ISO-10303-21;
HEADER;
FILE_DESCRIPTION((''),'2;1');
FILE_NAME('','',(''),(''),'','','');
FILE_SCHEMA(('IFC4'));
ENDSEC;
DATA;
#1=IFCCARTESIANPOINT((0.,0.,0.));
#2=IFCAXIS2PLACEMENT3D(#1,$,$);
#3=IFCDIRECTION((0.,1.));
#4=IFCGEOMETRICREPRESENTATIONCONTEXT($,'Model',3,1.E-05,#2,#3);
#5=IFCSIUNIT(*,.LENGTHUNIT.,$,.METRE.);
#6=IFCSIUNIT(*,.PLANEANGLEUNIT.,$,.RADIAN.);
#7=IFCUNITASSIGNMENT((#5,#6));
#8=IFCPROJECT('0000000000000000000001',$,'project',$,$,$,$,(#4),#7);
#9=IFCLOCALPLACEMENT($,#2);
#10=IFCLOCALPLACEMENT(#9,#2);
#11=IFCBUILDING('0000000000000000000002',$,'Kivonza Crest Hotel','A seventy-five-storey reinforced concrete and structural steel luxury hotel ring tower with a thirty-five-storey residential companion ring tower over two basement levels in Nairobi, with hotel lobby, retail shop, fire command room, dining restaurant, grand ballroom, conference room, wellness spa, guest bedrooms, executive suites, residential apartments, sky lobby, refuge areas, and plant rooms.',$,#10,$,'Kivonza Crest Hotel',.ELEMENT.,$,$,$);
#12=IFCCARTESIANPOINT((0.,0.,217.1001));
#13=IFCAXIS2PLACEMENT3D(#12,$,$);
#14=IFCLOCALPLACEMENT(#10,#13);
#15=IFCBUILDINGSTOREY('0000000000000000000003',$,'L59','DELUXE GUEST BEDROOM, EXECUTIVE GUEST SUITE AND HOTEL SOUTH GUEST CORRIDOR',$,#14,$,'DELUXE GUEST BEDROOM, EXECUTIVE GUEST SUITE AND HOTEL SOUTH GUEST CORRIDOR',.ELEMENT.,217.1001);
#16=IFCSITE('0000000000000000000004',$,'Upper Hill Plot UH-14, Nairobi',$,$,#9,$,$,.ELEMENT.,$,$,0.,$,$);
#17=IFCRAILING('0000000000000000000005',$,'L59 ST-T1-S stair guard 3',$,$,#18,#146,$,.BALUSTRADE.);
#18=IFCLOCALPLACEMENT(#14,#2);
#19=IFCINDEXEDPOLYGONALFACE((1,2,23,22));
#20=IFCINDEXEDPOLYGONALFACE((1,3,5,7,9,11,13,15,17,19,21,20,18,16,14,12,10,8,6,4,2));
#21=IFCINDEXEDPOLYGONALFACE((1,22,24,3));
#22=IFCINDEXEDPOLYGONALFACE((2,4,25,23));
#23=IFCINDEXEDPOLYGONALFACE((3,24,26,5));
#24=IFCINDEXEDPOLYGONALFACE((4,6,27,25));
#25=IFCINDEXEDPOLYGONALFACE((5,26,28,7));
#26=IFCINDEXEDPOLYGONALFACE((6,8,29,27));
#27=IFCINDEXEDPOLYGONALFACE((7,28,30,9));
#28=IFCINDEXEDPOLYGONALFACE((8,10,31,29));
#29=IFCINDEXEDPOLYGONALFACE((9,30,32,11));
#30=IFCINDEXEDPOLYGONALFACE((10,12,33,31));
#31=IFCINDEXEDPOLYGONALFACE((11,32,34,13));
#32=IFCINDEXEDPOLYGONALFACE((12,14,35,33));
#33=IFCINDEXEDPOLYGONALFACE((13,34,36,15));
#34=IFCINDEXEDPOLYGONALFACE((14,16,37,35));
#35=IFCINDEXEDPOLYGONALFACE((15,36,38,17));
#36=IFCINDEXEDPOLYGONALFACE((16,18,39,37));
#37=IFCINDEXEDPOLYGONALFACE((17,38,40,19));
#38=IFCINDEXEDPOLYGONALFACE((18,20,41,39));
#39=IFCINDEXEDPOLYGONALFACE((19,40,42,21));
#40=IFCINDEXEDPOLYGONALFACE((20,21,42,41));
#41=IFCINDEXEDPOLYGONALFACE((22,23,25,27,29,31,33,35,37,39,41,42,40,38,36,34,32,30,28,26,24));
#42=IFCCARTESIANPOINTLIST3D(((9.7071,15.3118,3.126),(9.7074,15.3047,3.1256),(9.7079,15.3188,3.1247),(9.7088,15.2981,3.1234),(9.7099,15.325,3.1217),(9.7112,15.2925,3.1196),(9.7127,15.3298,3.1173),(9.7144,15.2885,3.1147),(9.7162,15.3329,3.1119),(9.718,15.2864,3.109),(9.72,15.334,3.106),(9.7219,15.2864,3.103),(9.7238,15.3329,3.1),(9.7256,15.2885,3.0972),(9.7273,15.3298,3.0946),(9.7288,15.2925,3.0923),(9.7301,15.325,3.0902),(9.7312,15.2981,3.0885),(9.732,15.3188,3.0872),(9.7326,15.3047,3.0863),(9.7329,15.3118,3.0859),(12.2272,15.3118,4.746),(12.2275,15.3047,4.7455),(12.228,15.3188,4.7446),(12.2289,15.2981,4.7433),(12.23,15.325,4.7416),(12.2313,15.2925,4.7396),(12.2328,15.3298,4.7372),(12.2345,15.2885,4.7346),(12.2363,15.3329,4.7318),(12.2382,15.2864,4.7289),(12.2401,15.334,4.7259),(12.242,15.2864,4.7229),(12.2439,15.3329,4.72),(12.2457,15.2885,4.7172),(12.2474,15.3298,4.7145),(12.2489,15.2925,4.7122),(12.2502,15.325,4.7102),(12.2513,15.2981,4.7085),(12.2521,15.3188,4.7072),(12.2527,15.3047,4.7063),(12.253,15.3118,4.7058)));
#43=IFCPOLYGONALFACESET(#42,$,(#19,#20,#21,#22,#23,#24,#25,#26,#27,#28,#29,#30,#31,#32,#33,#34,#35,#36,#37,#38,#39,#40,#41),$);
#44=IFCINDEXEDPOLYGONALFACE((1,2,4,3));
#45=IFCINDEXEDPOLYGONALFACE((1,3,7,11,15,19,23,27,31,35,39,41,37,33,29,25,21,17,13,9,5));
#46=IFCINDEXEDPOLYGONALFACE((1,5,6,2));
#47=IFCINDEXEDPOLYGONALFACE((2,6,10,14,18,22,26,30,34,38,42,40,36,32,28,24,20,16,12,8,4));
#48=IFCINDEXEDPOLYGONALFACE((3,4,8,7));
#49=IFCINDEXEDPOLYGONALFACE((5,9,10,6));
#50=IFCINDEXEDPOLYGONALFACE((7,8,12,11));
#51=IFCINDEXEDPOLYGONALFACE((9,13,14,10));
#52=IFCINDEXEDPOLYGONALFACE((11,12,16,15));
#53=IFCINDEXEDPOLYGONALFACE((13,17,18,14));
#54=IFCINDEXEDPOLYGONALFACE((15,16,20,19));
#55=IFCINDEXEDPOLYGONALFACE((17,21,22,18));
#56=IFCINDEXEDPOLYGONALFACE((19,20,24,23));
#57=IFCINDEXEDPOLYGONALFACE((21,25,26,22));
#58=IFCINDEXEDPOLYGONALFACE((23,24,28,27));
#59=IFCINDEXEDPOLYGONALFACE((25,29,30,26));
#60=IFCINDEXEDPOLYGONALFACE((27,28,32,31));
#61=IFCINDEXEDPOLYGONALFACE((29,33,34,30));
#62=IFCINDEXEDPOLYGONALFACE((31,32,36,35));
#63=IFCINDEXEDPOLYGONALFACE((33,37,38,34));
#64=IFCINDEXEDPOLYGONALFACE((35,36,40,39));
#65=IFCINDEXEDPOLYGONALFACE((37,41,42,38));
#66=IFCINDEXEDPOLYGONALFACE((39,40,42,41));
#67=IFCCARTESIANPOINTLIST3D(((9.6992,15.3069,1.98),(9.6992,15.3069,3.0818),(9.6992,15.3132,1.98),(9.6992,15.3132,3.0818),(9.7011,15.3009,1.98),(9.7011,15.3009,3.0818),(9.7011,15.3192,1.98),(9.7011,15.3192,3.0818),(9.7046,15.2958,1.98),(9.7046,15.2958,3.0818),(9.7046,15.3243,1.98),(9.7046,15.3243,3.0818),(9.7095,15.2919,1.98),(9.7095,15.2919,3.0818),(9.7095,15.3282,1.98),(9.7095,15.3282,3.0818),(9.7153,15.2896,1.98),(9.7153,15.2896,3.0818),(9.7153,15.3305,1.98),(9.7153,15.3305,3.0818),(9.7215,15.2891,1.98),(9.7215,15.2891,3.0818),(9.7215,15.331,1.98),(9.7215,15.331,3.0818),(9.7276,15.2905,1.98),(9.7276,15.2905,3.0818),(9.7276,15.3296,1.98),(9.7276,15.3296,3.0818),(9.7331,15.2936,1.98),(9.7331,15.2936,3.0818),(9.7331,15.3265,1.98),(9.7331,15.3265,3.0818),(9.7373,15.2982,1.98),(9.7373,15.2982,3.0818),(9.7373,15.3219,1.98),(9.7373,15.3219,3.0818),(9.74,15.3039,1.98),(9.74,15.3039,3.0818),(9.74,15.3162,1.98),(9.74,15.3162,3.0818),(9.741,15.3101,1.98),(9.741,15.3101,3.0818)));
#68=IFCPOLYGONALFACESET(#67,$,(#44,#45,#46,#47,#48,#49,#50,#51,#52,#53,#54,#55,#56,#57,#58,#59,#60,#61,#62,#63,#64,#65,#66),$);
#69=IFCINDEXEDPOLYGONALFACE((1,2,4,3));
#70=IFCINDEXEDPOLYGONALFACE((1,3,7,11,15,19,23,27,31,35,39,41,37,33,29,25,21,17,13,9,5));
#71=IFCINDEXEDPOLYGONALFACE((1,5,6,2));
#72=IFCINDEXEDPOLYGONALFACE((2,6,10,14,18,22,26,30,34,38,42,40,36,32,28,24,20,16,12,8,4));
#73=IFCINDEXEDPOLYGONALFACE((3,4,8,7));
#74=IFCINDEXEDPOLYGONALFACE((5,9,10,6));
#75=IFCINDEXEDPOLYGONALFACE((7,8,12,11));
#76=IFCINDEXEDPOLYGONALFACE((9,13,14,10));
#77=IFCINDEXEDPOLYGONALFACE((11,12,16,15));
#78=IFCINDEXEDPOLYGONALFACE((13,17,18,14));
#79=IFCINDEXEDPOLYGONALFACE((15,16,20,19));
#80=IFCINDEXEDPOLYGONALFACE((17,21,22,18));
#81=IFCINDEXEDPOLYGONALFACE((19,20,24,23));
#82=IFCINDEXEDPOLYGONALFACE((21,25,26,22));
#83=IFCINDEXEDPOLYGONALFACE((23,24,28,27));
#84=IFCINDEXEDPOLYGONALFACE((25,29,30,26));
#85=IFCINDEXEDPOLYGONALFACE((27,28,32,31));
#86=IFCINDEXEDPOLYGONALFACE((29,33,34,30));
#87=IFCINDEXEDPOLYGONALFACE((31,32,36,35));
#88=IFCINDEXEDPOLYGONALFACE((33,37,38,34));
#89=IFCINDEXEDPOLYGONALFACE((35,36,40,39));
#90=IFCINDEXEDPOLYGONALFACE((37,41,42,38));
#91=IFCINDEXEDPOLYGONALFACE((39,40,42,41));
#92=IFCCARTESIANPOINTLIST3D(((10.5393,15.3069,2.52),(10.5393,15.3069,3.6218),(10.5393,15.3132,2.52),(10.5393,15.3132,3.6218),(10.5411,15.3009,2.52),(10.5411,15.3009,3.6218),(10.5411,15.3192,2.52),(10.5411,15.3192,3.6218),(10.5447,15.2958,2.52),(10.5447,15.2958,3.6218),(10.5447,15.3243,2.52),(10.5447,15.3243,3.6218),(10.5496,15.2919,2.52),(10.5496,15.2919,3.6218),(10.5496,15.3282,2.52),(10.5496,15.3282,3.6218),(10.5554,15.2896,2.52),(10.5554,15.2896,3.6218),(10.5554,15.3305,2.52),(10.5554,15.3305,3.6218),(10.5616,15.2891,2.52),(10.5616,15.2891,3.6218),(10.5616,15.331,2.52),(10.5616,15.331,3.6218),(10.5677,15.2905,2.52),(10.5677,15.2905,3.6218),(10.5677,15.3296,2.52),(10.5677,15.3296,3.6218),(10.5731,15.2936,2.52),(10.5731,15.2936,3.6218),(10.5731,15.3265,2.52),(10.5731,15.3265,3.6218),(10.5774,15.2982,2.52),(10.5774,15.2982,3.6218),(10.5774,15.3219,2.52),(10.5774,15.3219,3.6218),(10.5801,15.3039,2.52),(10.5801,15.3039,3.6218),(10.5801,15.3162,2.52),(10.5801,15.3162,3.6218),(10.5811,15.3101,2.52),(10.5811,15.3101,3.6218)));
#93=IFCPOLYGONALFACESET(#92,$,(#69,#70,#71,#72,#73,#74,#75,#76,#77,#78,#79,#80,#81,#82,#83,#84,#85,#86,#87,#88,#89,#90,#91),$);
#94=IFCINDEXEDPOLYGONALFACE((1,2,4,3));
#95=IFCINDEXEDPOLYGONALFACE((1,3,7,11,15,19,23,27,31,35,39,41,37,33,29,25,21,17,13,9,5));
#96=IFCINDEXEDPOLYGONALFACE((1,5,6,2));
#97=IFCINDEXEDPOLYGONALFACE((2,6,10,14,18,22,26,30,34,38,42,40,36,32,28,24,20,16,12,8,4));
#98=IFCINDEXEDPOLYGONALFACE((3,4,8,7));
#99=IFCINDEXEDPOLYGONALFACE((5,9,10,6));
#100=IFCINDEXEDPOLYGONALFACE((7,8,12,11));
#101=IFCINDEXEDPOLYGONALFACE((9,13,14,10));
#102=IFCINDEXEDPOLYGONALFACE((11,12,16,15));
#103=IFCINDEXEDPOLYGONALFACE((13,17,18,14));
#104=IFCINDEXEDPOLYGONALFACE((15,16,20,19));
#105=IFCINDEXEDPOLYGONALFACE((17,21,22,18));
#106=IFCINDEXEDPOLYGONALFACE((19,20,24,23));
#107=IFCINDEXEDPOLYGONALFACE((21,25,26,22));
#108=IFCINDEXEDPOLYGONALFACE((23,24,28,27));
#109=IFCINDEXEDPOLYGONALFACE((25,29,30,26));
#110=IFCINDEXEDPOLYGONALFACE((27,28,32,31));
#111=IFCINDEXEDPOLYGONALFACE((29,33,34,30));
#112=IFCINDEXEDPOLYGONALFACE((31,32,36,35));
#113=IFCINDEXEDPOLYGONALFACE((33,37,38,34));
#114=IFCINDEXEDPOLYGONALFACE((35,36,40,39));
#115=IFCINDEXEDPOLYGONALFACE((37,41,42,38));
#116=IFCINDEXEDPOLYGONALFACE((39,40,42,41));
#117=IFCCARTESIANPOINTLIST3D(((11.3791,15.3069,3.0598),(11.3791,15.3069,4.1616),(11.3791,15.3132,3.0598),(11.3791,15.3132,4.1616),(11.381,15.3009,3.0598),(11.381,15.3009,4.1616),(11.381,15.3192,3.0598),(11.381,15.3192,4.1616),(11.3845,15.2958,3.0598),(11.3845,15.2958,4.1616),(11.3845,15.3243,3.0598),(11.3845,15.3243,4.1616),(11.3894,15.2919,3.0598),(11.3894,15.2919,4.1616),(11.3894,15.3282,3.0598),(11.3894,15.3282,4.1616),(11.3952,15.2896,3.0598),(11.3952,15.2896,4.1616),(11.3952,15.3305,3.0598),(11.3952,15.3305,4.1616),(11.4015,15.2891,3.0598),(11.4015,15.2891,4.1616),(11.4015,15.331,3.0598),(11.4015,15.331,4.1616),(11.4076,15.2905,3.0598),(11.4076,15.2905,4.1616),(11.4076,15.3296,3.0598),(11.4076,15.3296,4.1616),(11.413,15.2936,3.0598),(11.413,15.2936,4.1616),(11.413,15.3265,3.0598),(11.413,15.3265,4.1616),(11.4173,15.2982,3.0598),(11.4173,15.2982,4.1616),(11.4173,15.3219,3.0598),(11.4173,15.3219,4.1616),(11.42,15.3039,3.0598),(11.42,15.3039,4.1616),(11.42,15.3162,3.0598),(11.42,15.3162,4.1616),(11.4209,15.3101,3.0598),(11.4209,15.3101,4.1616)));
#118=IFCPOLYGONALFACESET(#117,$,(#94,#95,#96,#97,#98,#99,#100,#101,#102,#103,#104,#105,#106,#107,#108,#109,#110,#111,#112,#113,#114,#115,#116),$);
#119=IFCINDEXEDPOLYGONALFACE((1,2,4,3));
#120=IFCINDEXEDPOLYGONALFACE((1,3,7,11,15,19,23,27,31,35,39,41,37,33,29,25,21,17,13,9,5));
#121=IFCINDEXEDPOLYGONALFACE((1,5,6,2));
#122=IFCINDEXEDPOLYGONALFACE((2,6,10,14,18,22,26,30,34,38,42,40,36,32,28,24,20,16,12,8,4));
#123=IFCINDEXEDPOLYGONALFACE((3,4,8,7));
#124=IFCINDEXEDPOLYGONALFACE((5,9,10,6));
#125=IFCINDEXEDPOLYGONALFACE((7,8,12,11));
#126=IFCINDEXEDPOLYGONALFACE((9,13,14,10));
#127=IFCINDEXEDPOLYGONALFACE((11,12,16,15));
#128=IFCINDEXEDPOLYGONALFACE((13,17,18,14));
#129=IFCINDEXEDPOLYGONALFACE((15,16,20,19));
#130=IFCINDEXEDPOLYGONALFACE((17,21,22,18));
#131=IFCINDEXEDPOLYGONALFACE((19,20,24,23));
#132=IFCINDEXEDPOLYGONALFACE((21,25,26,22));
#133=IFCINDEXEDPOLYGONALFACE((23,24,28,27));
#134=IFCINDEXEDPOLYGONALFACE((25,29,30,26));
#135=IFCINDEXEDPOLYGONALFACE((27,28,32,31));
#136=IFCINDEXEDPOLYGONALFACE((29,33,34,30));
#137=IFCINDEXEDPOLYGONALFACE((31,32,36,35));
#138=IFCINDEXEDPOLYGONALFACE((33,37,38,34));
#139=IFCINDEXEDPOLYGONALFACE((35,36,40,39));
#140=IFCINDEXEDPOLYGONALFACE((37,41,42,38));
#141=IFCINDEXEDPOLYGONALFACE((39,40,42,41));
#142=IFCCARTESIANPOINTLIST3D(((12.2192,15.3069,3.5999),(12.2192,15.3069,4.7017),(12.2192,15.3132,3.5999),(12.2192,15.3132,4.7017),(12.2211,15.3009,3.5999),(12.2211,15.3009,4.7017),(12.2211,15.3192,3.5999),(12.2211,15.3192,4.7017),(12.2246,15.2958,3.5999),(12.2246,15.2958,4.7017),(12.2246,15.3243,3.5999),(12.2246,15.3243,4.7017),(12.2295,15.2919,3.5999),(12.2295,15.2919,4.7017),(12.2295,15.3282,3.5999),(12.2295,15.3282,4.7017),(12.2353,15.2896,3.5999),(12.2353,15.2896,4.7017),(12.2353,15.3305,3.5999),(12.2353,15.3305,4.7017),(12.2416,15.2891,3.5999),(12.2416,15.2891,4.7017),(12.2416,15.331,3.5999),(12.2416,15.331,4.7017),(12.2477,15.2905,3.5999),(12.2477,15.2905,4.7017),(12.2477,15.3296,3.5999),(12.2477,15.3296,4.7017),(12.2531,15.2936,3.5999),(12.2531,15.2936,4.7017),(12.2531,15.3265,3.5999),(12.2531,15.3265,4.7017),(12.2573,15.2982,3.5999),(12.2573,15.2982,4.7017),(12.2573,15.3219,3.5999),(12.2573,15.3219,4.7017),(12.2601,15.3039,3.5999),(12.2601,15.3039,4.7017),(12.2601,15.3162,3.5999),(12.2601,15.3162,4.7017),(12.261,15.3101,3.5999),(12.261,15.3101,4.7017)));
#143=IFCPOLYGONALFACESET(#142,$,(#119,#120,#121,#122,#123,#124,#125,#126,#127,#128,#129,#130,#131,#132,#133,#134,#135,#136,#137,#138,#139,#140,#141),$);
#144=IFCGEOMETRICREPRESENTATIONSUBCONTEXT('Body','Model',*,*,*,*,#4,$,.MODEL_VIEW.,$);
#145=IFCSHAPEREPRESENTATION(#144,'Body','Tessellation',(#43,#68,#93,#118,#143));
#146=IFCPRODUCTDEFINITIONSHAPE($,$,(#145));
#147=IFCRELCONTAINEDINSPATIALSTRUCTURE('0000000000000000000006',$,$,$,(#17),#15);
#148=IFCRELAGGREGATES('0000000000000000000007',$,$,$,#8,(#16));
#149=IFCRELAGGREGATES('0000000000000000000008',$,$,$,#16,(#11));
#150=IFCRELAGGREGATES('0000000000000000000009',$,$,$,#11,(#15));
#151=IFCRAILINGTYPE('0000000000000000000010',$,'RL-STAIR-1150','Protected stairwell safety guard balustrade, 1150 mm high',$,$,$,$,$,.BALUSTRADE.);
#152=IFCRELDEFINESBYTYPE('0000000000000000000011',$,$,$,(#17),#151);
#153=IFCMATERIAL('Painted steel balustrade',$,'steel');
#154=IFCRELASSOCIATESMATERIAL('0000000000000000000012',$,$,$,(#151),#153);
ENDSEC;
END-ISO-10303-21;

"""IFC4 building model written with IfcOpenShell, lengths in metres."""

from ifc_helpers import new_model, si_unit, direction, frame, origin, origin_2d, place, context, subcontext, project, spatial, circle, extrude, material, type_object, element, save


model = new_model("IFC4")

# Units and contexts
model_context = context("Model", 3, precision=1e-05, world=origin(), true_north=direction((0.0, 1.0)))
body_context = subcontext(model_context, "Body", "Model", "MODEL_VIEW")
ifc_project = project(units=[si_unit("LENGTHUNIT", "METRE"), si_unit("PLANEANGLEUNIT", "RADIAN")], contexts=[model_context])

# Site, building, storey
site_placement = place(None, origin())
site = spatial("IfcSite", under=ifc_project, at=site_placement, Name="Upper Hill Plot UH-14, Nairobi", CompositionType="ELEMENT", RefElevation=0.0)
building_placement = place(site_placement, origin())
building = spatial("IfcBuilding", under=site, at=building_placement, Name="Kivonza Crest Hotel", Description="A seventy-five-storey reinforced concrete and structural steel luxury hotel ring tower with a thirty-five-storey residential companion ring tower over two basement levels in Nairobi, with hotel lobby, retail shop, fire command room, dining restaurant, grand ballroom, conference room, wellness spa, guest bedrooms, executive suites, residential apartments, sky lobby, refuge areas, and plant rooms.", LongName="Kivonza Crest Hotel", CompositionType="ELEMENT")
storey_placement = place(building_placement, frame((0.0, 0.0, 217.1001)))
storey = spatial("IfcBuildingStorey", under=building, at=storey_placement, Name="L59", Description="DELUXE GUEST BEDROOM, EXECUTIVE GUEST SUITE AND HOTEL SOUTH GUEST CORRIDOR", LongName="DELUXE GUEST BEDROOM, EXECUTIVE GUEST SUITE AND HOTEL SOUTH GUEST CORRIDOR", CompositionType="ELEMENT", Elevation=217.1001)

# Railing
ifc_material_1 = material(Name="Painted steel balustrade", Category="steel")
railing_type_1 = type_object("IfcRailingType", Name="RL-STAIR-1150", Description="Protected stairwell safety guard balustrade, 1150 mm high", PredefinedType="BALUSTRADE", material=ifc_material_1)
railing_1_placement = place(storey_placement, frame((9.72, 15.3101, 1.98)))
element("IfcRailing", 1, at=railing_1_placement, inside=storey, type_object=railing_type_1, Name="L59 ST-T1-S stair guard 3", PredefinedType="BALUSTRADE", context=body_context, shape_type="SweptSolid", body=[
    extrude(circle(Radius=0.0239, at=origin_2d()), frame((0.0, 0.0, 1.126), z_axis=(0.8412, 0.0, 0.540725), x_axis=(0.0, 1.0, 0.0)), (0.0, 0.0, 1.0), 2.9958),
    extrude(circle(Radius=0.021, at=origin_2d()), origin(), (0.0, 0.0, 1.0), 1.1018),
    extrude(circle(Radius=0.021, at=origin_2d()), frame((0.8401, 0.0, 0.54)), (0.0, 0.0, 1.0), 1.1018),
    extrude(circle(Radius=0.021, at=origin_2d()), frame((1.6799, 0.0, 1.0798)), (0.0, 0.0, 1.0), 1.1018),
    extrude(circle(Radius=0.021, at=origin_2d()), frame((2.52, 0.0, 1.6199)), (0.0, 0.0, 1.0), 1.1018),
])

save(model, "model.ifc")
